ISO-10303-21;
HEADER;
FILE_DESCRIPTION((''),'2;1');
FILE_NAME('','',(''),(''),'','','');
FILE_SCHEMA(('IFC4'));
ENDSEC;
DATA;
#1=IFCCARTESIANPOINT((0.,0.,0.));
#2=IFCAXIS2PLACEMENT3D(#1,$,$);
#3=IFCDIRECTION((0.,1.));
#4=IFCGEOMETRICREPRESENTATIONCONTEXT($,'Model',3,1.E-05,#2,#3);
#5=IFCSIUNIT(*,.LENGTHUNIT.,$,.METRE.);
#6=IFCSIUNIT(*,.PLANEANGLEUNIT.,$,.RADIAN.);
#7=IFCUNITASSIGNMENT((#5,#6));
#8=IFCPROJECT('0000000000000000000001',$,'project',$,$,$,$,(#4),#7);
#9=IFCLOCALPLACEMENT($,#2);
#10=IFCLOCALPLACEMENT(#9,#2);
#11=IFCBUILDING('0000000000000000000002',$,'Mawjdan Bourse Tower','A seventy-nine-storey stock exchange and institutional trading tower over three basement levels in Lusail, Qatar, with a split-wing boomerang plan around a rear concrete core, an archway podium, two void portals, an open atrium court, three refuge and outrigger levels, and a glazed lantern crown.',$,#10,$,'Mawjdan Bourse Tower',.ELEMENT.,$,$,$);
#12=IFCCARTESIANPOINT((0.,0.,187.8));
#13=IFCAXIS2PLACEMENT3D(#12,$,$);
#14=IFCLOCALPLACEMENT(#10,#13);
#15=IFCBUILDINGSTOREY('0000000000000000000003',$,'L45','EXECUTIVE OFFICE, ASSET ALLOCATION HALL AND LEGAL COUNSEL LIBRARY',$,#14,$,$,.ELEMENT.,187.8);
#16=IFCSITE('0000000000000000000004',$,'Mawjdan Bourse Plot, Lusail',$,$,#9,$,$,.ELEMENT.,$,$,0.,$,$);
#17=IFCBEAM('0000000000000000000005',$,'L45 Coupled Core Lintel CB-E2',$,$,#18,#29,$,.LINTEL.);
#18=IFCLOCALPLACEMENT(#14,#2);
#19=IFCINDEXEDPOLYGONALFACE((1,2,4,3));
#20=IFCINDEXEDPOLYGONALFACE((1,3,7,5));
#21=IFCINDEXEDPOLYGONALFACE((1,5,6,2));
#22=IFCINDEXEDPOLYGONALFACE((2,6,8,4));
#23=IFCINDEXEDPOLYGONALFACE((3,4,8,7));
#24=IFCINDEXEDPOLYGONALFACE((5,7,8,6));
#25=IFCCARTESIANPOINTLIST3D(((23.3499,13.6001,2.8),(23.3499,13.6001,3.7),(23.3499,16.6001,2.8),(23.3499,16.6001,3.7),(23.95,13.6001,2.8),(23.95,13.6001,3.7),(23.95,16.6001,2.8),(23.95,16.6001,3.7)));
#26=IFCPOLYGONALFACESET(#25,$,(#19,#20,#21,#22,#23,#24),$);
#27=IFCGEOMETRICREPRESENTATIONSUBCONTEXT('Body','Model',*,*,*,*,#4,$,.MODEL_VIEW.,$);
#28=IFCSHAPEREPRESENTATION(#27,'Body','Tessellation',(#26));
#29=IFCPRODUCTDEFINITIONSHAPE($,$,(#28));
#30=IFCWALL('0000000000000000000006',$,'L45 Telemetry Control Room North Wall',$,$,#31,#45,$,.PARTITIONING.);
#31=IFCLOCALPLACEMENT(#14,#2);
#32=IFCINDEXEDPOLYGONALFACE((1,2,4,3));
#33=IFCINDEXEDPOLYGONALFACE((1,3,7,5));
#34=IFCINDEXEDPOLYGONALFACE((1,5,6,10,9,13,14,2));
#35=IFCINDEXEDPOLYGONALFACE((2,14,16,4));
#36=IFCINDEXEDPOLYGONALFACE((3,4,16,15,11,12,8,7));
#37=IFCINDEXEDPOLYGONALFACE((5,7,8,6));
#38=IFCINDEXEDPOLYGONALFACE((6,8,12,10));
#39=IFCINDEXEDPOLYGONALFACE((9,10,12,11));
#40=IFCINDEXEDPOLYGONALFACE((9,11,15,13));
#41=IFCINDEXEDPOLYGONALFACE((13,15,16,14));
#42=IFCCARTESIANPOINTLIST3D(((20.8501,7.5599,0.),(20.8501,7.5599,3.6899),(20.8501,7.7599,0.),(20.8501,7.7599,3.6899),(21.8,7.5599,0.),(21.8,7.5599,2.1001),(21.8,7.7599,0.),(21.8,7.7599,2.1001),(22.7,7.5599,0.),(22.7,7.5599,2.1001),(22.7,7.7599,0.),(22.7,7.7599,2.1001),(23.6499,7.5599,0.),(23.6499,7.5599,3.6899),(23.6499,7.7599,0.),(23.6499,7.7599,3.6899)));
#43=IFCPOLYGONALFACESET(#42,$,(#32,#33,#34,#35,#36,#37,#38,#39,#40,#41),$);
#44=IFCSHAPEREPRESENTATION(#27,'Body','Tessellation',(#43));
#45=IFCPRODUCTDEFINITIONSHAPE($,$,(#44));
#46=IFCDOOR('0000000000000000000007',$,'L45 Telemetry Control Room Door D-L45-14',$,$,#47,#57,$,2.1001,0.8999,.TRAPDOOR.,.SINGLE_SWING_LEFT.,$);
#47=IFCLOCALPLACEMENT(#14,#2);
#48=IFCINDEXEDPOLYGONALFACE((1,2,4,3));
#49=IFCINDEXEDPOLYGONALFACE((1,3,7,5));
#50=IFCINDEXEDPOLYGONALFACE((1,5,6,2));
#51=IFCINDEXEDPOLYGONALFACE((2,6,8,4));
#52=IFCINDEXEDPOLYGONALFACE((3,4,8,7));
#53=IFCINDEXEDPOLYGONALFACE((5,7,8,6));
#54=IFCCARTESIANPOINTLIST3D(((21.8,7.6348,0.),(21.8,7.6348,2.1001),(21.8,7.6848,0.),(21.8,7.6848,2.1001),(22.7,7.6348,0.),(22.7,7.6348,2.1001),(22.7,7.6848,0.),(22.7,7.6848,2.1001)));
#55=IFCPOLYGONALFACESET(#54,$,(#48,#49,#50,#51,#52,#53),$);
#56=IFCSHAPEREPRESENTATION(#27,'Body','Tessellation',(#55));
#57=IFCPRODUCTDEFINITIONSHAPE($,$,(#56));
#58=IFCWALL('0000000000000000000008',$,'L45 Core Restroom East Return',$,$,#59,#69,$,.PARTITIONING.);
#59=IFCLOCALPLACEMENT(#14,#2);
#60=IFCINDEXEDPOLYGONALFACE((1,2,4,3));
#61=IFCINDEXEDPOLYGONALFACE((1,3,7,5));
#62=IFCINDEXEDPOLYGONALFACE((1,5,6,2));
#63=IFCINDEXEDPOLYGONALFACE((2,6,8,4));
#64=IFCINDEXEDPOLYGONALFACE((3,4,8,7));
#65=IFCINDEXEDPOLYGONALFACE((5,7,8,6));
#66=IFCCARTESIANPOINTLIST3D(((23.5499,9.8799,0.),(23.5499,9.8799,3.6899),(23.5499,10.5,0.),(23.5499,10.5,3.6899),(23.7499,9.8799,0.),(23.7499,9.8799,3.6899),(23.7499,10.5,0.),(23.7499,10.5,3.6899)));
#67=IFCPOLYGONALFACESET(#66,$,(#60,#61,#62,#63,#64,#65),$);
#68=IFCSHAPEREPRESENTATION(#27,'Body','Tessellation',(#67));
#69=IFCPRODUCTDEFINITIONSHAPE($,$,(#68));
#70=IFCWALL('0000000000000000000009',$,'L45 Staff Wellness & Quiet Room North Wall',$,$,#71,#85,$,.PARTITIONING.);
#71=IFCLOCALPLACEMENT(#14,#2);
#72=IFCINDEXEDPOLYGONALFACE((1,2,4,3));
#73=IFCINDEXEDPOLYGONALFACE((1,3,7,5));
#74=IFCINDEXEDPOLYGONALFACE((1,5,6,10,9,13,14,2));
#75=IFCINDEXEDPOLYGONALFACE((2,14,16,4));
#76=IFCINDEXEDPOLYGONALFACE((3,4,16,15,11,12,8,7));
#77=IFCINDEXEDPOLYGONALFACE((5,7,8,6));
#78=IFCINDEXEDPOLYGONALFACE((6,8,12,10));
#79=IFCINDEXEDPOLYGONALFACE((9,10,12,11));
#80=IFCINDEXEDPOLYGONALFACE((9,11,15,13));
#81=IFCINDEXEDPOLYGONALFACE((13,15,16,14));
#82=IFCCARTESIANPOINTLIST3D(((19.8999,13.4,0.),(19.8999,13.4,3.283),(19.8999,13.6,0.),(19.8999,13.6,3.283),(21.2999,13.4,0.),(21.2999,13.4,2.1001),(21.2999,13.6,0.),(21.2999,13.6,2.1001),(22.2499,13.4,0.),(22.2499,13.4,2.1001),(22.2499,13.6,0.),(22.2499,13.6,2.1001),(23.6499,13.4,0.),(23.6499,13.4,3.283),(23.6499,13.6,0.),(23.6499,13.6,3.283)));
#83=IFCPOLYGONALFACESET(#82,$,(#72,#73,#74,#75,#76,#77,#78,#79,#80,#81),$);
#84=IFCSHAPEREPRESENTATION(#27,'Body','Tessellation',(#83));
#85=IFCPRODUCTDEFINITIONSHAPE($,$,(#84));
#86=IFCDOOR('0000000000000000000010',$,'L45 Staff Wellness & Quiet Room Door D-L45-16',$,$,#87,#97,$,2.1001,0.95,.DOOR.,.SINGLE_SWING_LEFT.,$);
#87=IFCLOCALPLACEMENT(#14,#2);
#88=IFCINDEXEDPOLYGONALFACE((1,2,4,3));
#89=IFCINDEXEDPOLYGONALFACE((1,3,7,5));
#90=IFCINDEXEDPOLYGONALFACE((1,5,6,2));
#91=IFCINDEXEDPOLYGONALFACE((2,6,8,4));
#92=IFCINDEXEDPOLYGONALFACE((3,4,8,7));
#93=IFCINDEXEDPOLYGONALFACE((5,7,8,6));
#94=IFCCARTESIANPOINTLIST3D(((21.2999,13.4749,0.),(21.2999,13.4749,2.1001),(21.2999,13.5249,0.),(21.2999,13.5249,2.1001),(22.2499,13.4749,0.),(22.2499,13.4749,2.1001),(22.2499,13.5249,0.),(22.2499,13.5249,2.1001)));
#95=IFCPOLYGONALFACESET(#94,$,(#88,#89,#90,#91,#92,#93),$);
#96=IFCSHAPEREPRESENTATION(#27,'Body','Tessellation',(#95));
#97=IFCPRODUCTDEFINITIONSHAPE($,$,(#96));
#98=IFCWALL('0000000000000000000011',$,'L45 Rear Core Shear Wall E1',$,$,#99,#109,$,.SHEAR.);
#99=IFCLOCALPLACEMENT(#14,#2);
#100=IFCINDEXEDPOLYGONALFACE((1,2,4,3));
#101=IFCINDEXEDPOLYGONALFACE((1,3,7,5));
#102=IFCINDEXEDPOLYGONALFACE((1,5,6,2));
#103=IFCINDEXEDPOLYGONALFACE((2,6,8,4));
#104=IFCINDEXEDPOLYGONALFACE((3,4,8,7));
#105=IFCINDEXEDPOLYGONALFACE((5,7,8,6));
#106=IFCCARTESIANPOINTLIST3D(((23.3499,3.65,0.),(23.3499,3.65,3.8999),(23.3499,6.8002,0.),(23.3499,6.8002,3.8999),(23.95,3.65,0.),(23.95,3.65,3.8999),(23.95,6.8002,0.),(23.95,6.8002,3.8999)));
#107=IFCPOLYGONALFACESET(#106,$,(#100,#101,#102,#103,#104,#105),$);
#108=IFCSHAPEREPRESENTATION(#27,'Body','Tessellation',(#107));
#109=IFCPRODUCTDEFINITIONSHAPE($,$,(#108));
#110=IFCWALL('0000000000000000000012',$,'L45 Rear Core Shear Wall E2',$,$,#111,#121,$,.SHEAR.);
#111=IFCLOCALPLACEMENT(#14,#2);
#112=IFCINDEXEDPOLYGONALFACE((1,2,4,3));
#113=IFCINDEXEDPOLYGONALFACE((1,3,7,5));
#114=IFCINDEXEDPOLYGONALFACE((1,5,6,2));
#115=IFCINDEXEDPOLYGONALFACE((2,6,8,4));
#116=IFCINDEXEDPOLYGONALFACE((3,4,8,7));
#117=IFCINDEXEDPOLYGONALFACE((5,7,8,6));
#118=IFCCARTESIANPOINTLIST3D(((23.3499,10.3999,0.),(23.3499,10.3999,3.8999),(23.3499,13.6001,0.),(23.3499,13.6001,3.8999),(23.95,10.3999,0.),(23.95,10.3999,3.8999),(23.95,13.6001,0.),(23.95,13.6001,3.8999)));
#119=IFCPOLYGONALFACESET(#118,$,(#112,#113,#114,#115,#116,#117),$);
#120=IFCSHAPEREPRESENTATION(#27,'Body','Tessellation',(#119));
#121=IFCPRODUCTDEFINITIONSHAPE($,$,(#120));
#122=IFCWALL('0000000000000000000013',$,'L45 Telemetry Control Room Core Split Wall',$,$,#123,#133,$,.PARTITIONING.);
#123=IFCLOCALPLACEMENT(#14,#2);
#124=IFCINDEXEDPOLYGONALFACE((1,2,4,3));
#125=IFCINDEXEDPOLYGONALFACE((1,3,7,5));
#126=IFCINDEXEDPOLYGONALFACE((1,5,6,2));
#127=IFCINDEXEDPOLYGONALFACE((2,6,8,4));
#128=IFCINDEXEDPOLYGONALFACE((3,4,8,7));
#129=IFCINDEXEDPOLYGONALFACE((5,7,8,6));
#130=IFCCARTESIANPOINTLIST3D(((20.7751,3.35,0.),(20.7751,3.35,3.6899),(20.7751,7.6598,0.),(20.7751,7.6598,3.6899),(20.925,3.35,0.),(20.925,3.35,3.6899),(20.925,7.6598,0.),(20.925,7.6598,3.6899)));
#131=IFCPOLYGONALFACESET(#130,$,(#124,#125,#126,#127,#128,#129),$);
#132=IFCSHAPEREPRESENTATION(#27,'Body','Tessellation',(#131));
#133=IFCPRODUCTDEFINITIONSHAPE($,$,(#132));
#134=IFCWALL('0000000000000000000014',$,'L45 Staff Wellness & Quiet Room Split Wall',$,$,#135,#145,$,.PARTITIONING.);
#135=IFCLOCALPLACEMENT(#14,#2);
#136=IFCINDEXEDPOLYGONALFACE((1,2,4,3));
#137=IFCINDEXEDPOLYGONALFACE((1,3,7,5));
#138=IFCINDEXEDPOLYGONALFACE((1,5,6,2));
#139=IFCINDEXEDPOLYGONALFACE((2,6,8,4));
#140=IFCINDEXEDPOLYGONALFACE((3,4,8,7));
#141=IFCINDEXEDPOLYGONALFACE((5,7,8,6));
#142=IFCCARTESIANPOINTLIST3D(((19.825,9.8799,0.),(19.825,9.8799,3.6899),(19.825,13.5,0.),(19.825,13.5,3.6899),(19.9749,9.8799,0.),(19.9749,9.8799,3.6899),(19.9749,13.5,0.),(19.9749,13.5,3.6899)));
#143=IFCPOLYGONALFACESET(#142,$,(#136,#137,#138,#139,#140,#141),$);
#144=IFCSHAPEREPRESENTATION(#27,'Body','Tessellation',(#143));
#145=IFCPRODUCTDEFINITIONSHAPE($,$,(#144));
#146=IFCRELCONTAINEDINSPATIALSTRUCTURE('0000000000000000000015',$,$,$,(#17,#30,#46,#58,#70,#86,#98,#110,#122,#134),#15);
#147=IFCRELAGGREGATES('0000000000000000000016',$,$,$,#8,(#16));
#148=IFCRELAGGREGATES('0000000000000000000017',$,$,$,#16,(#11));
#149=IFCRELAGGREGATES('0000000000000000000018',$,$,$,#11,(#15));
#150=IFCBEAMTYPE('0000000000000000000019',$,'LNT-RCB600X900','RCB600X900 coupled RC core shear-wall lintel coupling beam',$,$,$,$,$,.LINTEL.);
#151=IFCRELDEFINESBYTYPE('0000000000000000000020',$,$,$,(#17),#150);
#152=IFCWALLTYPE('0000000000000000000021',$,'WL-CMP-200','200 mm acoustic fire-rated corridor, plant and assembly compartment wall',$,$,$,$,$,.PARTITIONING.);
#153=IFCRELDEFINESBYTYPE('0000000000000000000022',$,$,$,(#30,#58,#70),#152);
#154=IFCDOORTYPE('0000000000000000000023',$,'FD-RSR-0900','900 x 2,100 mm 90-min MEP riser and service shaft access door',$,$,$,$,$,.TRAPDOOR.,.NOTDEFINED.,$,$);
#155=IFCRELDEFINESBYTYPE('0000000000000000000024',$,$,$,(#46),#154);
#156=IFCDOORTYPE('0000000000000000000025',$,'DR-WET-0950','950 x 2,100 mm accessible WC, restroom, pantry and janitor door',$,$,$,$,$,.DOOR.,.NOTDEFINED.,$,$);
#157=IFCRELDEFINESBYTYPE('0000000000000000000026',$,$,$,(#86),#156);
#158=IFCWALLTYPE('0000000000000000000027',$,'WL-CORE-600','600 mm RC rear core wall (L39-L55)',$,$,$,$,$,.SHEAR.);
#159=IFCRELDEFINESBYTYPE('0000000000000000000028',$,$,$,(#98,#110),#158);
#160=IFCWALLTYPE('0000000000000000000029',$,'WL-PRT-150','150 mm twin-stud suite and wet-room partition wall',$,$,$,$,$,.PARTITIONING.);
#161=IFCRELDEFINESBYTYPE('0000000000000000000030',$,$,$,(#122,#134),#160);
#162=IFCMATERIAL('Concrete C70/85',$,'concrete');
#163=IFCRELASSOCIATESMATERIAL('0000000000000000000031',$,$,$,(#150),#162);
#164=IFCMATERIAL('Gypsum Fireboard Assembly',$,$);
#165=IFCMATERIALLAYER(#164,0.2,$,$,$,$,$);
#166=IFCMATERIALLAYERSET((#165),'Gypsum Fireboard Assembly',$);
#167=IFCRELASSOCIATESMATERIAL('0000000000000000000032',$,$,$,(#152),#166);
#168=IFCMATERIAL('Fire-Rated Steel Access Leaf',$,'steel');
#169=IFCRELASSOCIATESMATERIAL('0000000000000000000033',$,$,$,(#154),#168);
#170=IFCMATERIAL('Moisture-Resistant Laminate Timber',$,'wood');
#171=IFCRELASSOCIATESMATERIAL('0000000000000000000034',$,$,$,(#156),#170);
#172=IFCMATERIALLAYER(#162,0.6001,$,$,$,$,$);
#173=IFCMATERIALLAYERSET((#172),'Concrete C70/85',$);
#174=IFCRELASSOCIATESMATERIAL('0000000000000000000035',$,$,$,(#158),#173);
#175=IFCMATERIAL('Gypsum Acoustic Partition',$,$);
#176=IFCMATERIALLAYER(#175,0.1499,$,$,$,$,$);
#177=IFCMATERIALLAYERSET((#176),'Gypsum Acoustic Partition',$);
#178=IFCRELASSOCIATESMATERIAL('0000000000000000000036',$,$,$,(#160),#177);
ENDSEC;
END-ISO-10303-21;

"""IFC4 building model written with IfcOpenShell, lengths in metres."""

from ifc_helpers import new_model, si_unit, direction, frame, frame_2d, origin, origin_2d, place, context, subcontext, project, spatial, rectangle, extrude, material, layer, layer_set, material_profile, profile_set, type_object, element, fill, save


model = new_model("IFC4")

# Units and contexts
model_context = context("Model", 3, precision=1e-05, world=origin(), true_north=direction((0.0, 1.0)))
body_context = subcontext(model_context, "Body", "Model", "MODEL_VIEW")
ifc_project = project(units=[si_unit("LENGTHUNIT", "METRE"), si_unit("PLANEANGLEUNIT", "RADIAN")], contexts=[model_context])

# Site, building, storey
site_placement = place(None, origin())
site = spatial("IfcSite", under=ifc_project, at=site_placement, Name="Mawjdan Bourse Plot, Lusail", CompositionType="ELEMENT", RefElevation=0.0)
building_placement = place(site_placement, origin())
building = spatial("IfcBuilding", under=site, at=building_placement, Name="Mawjdan Bourse Tower", Description="A seventy-nine-storey stock exchange and institutional trading tower over three basement levels in Lusail, Qatar, with a split-wing boomerang plan around a rear concrete core, an archway podium, two void portals, an open atrium court, three refuge and outrigger levels, and a glazed lantern crown.", LongName="Mawjdan Bourse Tower", CompositionType="ELEMENT")
storey_placement = place(building_placement, frame((0.0, 0.0, 187.8)))
storey = spatial("IfcBuildingStorey", under=building, at=storey_placement, Name="L45", Description="EXECUTIVE OFFICE, ASSET ALLOCATION HALL AND LEGAL COUNSEL LIBRARY", CompositionType="ELEMENT", Elevation=187.8)

# Beam
ifc_material_1 = material(Name="Concrete C70/85", Category="concrete")
ifc_material_profile_1 = material_profile(ifc_material_1, rectangle(XDim=0.6001, YDim=0.8999, at=origin_2d()), Name="RCB600X900")
ifc_profile_set_1 = profile_set([ifc_material_profile_1], Name="Concrete C70/85")
beam_type_1 = type_object("IfcBeamType", Name="LNT-RCB600X900", Description="RCB600X900 coupled RC core shear-wall lintel coupling beam", PredefinedType="LINTEL", material=ifc_profile_set_1)
beam_1_placement = place(storey_placement, frame((23.6499, 13.6001, 3.25), z_axis=(0.0, 1.0, 0.0), x_axis=(-1.0, 0.0, 0.0)))
element("IfcBeam", 1, at=beam_1_placement, inside=storey, type_object=beam_type_1, Name="L45 Coupled Core Lintel CB-E2", PredefinedType="LINTEL", context=body_context, shape_type="SweptSolid", body=[
    extrude(rectangle(XDim=0.6001, YDim=0.8999, at=origin_2d()), origin(), (0.0, 0.0, 1.0), 3.0),
])

# Wall, opening, door
ifc_material_2 = material(Name="Gypsum Fireboard Assembly")
ifc_layer_1 = layer(ifc_material_2, 0.2)
ifc_layer_set_1 = layer_set([ifc_layer_1], Name="Gypsum Fireboard Assembly")
wall_type_1 = type_object("IfcWallType", Name="WL-CMP-200", Description="200 mm acoustic fire-rated corridor, plant and assembly compartment wall", PredefinedType="PARTITIONING", material=ifc_layer_set_1)
wall_1_placement = place(storey_placement, frame((20.8501, 7.6599, 0.0), z_axis=(0.0, 0.0, 1.0), x_axis=(1.0, 0.0, 0.0)))
wall_1 = element("IfcWall", 2, at=wall_1_placement, inside=storey, type_object=wall_type_1, Name="L45 Telemetry Control Room North Wall", PredefinedType="PARTITIONING", context=body_context, shape_type="SweptSolid", body=[
    extrude(rectangle(XDim=2.7998, YDim=0.2, at=frame_2d((1.3999, 0.0))), origin(), (0.0, 0.0, 1.0), 3.6899),
])
opening_1_placement = place(wall_1_placement, frame((0.95, 0.0, 0.0)))
opening_1 = element("IfcOpeningElement", 3, at=opening_1_placement, cuts=wall_1, PredefinedType="OPENING", context=body_context, shape_type="SweptSolid", body=[
    extrude(rectangle(XDim=0.8999, YDim=2.1001, at=frame_2d((0.45, 1.05))), frame((0.0, 0.1099, 0.0), z_axis=(0.0, -1.0, 0.0), x_axis=(1.0, 0.0, 0.0)), (0.0, 0.0, 1.0), 0.22),
])
ifc_material_3 = material(Name="Fire-Rated Steel Access Leaf", Category="steel")
door_type_1 = type_object("IfcDoorType", Name="FD-RSR-0900", Description="900 x 2,100 mm 90-min MEP riser and service shaft access door", OperationType="NOTDEFINED", PredefinedType="TRAPDOOR", material=ifc_material_3)
door_1_placement = place(opening_1_placement, origin())
door_1 = element("IfcDoor", 4, at=door_1_placement, inside=storey, type_object=door_type_1, Name="L45 Telemetry Control Room Door D-L45-14", OperationType="SINGLE_SWING_LEFT", OverallHeight=2.1001, OverallWidth=0.8999, PredefinedType="TRAPDOOR", context=body_context, shape_type="SweptSolid", body=[
    extrude(rectangle(XDim=0.8999, YDim=2.1001, at=frame_2d((0.45, 1.05))), frame((0.0, 0.0249, 0.0), z_axis=(0.0, -1.0, 0.0), x_axis=(1.0, 0.0, 0.0)), (0.0, 0.0, 1.0), 0.05),
])
fill(opening_1, door_1)

# Wall
wall_2_placement = place(storey_placement, frame((23.6499, 9.8799, 0.0), z_axis=(0.0, 0.0, 1.0), x_axis=(0.0, 1.0, 0.0)))
element("IfcWall", 5, at=wall_2_placement, inside=storey, type_object=wall_type_1, Name="L45 Core Restroom East Return", PredefinedType="PARTITIONING", context=body_context, shape_type="SweptSolid", body=[
    extrude(rectangle(XDim=0.6201, YDim=0.2, at=frame_2d((0.3101, 0.0))), origin(), (0.0, 0.0, 1.0), 3.6899),
])

# Wall, opening, door
wall_3_placement = place(storey_placement, frame((19.8999, 13.5, 0.0), z_axis=(0.0, 0.0, 1.0), x_axis=(1.0, 0.0, 0.0)))
wall_3 = element("IfcWall", 6, at=wall_3_placement, inside=storey, type_object=wall_type_1, Name="L45 Staff Wellness & Quiet Room North Wall", PredefinedType="PARTITIONING", context=body_context, shape_type="SweptSolid", body=[
    extrude(rectangle(XDim=3.75, YDim=0.2, at=frame_2d((1.875, 0.0))), origin(), (0.0, 0.0, 1.0), 3.283),
])
opening_2_placement = place(wall_3_placement, frame((1.3999, 0.0, 0.0)))
opening_2 = element("IfcOpeningElement", 7, at=opening_2_placement, cuts=wall_3, PredefinedType="OPENING", context=body_context, shape_type="SweptSolid", body=[
    extrude(rectangle(XDim=0.95, YDim=2.1001, at=frame_2d((0.4751, 1.05))), frame((0.0, 0.1099, 0.0), z_axis=(0.0, -1.0, 0.0), x_axis=(1.0, 0.0, 0.0)), (0.0, 0.0, 1.0), 0.22),
])
ifc_material_4 = material(Name="Moisture-Resistant Laminate Timber", Category="wood")
door_type_2 = type_object("IfcDoorType", Name="DR-WET-0950", Description="950 x 2,100 mm accessible WC, restroom, pantry and janitor door", OperationType="NOTDEFINED", PredefinedType="DOOR", material=ifc_material_4)
door_2_placement = place(opening_2_placement, origin())
door_2 = element("IfcDoor", 8, at=door_2_placement, inside=storey, type_object=door_type_2, Name="L45 Staff Wellness & Quiet Room Door D-L45-16", OperationType="SINGLE_SWING_LEFT", OverallHeight=2.1001, OverallWidth=0.95, PredefinedType="DOOR", context=body_context, shape_type="SweptSolid", body=[
    extrude(rectangle(XDim=0.95, YDim=2.1001, at=frame_2d((0.4751, 1.05))), frame((0.0, 0.0249, 0.0), z_axis=(0.0, -1.0, 0.0), x_axis=(1.0, 0.0, 0.0)), (0.0, 0.0, 1.0), 0.05),
])
fill(opening_2, door_2)

# Walls
ifc_layer_2 = layer(ifc_material_1, 0.6001)
ifc_layer_set_2 = layer_set([ifc_layer_2], Name="Concrete C70/85")
wall_type_2 = type_object("IfcWallType", Name="WL-CORE-600", Description="600 mm RC rear core wall (L39-L55)", PredefinedType="SHEAR", material=ifc_layer_set_2)
wall_4_placement = place(storey_placement, frame((23.6499, 3.6499, 0.0), z_axis=(0.0, 0.0, 1.0), x_axis=(0.0, 1.0, 0.0)))
element("IfcWall", 9, at=wall_4_placement, inside=storey, type_object=wall_type_2, Name="L45 Rear Core Shear Wall E1", PredefinedType="SHEAR", context=body_context, shape_type="SweptSolid", body=[
    extrude(rectangle(XDim=3.1501, YDim=0.6001, at=frame_2d((1.5752, 0.0))), origin(), (0.0, 0.0, 1.0), 3.8999),
])
wall_5_placement = place(storey_placement, frame((23.6499, 10.3999, 0.0), z_axis=(0.0, 0.0, 1.0), x_axis=(0.0, 1.0, 0.0)))
element("IfcWall", 10, at=wall_5_placement, inside=storey, type_object=wall_type_2, Name="L45 Rear Core Shear Wall E2", PredefinedType="SHEAR", context=body_context, shape_type="SweptSolid", body=[
    extrude(rectangle(XDim=3.2002, YDim=0.6001, at=frame_2d((1.6001, 0.0))), origin(), (0.0, 0.0, 1.0), 3.8999),
])
ifc_material_5 = material(Name="Gypsum Acoustic Partition")
ifc_layer_3 = layer(ifc_material_5, 0.1499)
ifc_layer_set_3 = layer_set([ifc_layer_3], Name="Gypsum Acoustic Partition")
wall_type_3 = type_object("IfcWallType", Name="WL-PRT-150", Description="150 mm twin-stud suite and wet-room partition wall", PredefinedType="PARTITIONING", material=ifc_layer_set_3)
wall_6_placement = place(storey_placement, frame((20.8501, 3.3501, 0.0), z_axis=(0.0, 0.0, 1.0), x_axis=(0.0, 1.0, 0.0)))
element("IfcWall", 11, at=wall_6_placement, inside=storey, type_object=wall_type_3, Name="L45 Telemetry Control Room Core Split Wall", PredefinedType="PARTITIONING", context=body_context, shape_type="SweptSolid", body=[
    extrude(rectangle(XDim=4.3098, YDim=0.1499, at=frame_2d((2.1548, 0.0))), origin(), (0.0, 0.0, 1.0), 3.6899),
])
wall_7_placement = place(storey_placement, frame((19.8999, 9.8799, 0.0), z_axis=(0.0, 0.0, 1.0), x_axis=(0.0, 1.0, 0.0)))
element("IfcWall", 12, at=wall_7_placement, inside=storey, type_object=wall_type_3, Name="L45 Staff Wellness & Quiet Room Split Wall", PredefinedType="PARTITIONING", context=body_context, shape_type="SweptSolid", body=[
    extrude(rectangle(XDim=3.6201, YDim=0.1499, at=frame_2d((1.8101, 0.0))), origin(), (0.0, 0.0, 1.0), 3.6899),
])

save(model, "model.ifc")
